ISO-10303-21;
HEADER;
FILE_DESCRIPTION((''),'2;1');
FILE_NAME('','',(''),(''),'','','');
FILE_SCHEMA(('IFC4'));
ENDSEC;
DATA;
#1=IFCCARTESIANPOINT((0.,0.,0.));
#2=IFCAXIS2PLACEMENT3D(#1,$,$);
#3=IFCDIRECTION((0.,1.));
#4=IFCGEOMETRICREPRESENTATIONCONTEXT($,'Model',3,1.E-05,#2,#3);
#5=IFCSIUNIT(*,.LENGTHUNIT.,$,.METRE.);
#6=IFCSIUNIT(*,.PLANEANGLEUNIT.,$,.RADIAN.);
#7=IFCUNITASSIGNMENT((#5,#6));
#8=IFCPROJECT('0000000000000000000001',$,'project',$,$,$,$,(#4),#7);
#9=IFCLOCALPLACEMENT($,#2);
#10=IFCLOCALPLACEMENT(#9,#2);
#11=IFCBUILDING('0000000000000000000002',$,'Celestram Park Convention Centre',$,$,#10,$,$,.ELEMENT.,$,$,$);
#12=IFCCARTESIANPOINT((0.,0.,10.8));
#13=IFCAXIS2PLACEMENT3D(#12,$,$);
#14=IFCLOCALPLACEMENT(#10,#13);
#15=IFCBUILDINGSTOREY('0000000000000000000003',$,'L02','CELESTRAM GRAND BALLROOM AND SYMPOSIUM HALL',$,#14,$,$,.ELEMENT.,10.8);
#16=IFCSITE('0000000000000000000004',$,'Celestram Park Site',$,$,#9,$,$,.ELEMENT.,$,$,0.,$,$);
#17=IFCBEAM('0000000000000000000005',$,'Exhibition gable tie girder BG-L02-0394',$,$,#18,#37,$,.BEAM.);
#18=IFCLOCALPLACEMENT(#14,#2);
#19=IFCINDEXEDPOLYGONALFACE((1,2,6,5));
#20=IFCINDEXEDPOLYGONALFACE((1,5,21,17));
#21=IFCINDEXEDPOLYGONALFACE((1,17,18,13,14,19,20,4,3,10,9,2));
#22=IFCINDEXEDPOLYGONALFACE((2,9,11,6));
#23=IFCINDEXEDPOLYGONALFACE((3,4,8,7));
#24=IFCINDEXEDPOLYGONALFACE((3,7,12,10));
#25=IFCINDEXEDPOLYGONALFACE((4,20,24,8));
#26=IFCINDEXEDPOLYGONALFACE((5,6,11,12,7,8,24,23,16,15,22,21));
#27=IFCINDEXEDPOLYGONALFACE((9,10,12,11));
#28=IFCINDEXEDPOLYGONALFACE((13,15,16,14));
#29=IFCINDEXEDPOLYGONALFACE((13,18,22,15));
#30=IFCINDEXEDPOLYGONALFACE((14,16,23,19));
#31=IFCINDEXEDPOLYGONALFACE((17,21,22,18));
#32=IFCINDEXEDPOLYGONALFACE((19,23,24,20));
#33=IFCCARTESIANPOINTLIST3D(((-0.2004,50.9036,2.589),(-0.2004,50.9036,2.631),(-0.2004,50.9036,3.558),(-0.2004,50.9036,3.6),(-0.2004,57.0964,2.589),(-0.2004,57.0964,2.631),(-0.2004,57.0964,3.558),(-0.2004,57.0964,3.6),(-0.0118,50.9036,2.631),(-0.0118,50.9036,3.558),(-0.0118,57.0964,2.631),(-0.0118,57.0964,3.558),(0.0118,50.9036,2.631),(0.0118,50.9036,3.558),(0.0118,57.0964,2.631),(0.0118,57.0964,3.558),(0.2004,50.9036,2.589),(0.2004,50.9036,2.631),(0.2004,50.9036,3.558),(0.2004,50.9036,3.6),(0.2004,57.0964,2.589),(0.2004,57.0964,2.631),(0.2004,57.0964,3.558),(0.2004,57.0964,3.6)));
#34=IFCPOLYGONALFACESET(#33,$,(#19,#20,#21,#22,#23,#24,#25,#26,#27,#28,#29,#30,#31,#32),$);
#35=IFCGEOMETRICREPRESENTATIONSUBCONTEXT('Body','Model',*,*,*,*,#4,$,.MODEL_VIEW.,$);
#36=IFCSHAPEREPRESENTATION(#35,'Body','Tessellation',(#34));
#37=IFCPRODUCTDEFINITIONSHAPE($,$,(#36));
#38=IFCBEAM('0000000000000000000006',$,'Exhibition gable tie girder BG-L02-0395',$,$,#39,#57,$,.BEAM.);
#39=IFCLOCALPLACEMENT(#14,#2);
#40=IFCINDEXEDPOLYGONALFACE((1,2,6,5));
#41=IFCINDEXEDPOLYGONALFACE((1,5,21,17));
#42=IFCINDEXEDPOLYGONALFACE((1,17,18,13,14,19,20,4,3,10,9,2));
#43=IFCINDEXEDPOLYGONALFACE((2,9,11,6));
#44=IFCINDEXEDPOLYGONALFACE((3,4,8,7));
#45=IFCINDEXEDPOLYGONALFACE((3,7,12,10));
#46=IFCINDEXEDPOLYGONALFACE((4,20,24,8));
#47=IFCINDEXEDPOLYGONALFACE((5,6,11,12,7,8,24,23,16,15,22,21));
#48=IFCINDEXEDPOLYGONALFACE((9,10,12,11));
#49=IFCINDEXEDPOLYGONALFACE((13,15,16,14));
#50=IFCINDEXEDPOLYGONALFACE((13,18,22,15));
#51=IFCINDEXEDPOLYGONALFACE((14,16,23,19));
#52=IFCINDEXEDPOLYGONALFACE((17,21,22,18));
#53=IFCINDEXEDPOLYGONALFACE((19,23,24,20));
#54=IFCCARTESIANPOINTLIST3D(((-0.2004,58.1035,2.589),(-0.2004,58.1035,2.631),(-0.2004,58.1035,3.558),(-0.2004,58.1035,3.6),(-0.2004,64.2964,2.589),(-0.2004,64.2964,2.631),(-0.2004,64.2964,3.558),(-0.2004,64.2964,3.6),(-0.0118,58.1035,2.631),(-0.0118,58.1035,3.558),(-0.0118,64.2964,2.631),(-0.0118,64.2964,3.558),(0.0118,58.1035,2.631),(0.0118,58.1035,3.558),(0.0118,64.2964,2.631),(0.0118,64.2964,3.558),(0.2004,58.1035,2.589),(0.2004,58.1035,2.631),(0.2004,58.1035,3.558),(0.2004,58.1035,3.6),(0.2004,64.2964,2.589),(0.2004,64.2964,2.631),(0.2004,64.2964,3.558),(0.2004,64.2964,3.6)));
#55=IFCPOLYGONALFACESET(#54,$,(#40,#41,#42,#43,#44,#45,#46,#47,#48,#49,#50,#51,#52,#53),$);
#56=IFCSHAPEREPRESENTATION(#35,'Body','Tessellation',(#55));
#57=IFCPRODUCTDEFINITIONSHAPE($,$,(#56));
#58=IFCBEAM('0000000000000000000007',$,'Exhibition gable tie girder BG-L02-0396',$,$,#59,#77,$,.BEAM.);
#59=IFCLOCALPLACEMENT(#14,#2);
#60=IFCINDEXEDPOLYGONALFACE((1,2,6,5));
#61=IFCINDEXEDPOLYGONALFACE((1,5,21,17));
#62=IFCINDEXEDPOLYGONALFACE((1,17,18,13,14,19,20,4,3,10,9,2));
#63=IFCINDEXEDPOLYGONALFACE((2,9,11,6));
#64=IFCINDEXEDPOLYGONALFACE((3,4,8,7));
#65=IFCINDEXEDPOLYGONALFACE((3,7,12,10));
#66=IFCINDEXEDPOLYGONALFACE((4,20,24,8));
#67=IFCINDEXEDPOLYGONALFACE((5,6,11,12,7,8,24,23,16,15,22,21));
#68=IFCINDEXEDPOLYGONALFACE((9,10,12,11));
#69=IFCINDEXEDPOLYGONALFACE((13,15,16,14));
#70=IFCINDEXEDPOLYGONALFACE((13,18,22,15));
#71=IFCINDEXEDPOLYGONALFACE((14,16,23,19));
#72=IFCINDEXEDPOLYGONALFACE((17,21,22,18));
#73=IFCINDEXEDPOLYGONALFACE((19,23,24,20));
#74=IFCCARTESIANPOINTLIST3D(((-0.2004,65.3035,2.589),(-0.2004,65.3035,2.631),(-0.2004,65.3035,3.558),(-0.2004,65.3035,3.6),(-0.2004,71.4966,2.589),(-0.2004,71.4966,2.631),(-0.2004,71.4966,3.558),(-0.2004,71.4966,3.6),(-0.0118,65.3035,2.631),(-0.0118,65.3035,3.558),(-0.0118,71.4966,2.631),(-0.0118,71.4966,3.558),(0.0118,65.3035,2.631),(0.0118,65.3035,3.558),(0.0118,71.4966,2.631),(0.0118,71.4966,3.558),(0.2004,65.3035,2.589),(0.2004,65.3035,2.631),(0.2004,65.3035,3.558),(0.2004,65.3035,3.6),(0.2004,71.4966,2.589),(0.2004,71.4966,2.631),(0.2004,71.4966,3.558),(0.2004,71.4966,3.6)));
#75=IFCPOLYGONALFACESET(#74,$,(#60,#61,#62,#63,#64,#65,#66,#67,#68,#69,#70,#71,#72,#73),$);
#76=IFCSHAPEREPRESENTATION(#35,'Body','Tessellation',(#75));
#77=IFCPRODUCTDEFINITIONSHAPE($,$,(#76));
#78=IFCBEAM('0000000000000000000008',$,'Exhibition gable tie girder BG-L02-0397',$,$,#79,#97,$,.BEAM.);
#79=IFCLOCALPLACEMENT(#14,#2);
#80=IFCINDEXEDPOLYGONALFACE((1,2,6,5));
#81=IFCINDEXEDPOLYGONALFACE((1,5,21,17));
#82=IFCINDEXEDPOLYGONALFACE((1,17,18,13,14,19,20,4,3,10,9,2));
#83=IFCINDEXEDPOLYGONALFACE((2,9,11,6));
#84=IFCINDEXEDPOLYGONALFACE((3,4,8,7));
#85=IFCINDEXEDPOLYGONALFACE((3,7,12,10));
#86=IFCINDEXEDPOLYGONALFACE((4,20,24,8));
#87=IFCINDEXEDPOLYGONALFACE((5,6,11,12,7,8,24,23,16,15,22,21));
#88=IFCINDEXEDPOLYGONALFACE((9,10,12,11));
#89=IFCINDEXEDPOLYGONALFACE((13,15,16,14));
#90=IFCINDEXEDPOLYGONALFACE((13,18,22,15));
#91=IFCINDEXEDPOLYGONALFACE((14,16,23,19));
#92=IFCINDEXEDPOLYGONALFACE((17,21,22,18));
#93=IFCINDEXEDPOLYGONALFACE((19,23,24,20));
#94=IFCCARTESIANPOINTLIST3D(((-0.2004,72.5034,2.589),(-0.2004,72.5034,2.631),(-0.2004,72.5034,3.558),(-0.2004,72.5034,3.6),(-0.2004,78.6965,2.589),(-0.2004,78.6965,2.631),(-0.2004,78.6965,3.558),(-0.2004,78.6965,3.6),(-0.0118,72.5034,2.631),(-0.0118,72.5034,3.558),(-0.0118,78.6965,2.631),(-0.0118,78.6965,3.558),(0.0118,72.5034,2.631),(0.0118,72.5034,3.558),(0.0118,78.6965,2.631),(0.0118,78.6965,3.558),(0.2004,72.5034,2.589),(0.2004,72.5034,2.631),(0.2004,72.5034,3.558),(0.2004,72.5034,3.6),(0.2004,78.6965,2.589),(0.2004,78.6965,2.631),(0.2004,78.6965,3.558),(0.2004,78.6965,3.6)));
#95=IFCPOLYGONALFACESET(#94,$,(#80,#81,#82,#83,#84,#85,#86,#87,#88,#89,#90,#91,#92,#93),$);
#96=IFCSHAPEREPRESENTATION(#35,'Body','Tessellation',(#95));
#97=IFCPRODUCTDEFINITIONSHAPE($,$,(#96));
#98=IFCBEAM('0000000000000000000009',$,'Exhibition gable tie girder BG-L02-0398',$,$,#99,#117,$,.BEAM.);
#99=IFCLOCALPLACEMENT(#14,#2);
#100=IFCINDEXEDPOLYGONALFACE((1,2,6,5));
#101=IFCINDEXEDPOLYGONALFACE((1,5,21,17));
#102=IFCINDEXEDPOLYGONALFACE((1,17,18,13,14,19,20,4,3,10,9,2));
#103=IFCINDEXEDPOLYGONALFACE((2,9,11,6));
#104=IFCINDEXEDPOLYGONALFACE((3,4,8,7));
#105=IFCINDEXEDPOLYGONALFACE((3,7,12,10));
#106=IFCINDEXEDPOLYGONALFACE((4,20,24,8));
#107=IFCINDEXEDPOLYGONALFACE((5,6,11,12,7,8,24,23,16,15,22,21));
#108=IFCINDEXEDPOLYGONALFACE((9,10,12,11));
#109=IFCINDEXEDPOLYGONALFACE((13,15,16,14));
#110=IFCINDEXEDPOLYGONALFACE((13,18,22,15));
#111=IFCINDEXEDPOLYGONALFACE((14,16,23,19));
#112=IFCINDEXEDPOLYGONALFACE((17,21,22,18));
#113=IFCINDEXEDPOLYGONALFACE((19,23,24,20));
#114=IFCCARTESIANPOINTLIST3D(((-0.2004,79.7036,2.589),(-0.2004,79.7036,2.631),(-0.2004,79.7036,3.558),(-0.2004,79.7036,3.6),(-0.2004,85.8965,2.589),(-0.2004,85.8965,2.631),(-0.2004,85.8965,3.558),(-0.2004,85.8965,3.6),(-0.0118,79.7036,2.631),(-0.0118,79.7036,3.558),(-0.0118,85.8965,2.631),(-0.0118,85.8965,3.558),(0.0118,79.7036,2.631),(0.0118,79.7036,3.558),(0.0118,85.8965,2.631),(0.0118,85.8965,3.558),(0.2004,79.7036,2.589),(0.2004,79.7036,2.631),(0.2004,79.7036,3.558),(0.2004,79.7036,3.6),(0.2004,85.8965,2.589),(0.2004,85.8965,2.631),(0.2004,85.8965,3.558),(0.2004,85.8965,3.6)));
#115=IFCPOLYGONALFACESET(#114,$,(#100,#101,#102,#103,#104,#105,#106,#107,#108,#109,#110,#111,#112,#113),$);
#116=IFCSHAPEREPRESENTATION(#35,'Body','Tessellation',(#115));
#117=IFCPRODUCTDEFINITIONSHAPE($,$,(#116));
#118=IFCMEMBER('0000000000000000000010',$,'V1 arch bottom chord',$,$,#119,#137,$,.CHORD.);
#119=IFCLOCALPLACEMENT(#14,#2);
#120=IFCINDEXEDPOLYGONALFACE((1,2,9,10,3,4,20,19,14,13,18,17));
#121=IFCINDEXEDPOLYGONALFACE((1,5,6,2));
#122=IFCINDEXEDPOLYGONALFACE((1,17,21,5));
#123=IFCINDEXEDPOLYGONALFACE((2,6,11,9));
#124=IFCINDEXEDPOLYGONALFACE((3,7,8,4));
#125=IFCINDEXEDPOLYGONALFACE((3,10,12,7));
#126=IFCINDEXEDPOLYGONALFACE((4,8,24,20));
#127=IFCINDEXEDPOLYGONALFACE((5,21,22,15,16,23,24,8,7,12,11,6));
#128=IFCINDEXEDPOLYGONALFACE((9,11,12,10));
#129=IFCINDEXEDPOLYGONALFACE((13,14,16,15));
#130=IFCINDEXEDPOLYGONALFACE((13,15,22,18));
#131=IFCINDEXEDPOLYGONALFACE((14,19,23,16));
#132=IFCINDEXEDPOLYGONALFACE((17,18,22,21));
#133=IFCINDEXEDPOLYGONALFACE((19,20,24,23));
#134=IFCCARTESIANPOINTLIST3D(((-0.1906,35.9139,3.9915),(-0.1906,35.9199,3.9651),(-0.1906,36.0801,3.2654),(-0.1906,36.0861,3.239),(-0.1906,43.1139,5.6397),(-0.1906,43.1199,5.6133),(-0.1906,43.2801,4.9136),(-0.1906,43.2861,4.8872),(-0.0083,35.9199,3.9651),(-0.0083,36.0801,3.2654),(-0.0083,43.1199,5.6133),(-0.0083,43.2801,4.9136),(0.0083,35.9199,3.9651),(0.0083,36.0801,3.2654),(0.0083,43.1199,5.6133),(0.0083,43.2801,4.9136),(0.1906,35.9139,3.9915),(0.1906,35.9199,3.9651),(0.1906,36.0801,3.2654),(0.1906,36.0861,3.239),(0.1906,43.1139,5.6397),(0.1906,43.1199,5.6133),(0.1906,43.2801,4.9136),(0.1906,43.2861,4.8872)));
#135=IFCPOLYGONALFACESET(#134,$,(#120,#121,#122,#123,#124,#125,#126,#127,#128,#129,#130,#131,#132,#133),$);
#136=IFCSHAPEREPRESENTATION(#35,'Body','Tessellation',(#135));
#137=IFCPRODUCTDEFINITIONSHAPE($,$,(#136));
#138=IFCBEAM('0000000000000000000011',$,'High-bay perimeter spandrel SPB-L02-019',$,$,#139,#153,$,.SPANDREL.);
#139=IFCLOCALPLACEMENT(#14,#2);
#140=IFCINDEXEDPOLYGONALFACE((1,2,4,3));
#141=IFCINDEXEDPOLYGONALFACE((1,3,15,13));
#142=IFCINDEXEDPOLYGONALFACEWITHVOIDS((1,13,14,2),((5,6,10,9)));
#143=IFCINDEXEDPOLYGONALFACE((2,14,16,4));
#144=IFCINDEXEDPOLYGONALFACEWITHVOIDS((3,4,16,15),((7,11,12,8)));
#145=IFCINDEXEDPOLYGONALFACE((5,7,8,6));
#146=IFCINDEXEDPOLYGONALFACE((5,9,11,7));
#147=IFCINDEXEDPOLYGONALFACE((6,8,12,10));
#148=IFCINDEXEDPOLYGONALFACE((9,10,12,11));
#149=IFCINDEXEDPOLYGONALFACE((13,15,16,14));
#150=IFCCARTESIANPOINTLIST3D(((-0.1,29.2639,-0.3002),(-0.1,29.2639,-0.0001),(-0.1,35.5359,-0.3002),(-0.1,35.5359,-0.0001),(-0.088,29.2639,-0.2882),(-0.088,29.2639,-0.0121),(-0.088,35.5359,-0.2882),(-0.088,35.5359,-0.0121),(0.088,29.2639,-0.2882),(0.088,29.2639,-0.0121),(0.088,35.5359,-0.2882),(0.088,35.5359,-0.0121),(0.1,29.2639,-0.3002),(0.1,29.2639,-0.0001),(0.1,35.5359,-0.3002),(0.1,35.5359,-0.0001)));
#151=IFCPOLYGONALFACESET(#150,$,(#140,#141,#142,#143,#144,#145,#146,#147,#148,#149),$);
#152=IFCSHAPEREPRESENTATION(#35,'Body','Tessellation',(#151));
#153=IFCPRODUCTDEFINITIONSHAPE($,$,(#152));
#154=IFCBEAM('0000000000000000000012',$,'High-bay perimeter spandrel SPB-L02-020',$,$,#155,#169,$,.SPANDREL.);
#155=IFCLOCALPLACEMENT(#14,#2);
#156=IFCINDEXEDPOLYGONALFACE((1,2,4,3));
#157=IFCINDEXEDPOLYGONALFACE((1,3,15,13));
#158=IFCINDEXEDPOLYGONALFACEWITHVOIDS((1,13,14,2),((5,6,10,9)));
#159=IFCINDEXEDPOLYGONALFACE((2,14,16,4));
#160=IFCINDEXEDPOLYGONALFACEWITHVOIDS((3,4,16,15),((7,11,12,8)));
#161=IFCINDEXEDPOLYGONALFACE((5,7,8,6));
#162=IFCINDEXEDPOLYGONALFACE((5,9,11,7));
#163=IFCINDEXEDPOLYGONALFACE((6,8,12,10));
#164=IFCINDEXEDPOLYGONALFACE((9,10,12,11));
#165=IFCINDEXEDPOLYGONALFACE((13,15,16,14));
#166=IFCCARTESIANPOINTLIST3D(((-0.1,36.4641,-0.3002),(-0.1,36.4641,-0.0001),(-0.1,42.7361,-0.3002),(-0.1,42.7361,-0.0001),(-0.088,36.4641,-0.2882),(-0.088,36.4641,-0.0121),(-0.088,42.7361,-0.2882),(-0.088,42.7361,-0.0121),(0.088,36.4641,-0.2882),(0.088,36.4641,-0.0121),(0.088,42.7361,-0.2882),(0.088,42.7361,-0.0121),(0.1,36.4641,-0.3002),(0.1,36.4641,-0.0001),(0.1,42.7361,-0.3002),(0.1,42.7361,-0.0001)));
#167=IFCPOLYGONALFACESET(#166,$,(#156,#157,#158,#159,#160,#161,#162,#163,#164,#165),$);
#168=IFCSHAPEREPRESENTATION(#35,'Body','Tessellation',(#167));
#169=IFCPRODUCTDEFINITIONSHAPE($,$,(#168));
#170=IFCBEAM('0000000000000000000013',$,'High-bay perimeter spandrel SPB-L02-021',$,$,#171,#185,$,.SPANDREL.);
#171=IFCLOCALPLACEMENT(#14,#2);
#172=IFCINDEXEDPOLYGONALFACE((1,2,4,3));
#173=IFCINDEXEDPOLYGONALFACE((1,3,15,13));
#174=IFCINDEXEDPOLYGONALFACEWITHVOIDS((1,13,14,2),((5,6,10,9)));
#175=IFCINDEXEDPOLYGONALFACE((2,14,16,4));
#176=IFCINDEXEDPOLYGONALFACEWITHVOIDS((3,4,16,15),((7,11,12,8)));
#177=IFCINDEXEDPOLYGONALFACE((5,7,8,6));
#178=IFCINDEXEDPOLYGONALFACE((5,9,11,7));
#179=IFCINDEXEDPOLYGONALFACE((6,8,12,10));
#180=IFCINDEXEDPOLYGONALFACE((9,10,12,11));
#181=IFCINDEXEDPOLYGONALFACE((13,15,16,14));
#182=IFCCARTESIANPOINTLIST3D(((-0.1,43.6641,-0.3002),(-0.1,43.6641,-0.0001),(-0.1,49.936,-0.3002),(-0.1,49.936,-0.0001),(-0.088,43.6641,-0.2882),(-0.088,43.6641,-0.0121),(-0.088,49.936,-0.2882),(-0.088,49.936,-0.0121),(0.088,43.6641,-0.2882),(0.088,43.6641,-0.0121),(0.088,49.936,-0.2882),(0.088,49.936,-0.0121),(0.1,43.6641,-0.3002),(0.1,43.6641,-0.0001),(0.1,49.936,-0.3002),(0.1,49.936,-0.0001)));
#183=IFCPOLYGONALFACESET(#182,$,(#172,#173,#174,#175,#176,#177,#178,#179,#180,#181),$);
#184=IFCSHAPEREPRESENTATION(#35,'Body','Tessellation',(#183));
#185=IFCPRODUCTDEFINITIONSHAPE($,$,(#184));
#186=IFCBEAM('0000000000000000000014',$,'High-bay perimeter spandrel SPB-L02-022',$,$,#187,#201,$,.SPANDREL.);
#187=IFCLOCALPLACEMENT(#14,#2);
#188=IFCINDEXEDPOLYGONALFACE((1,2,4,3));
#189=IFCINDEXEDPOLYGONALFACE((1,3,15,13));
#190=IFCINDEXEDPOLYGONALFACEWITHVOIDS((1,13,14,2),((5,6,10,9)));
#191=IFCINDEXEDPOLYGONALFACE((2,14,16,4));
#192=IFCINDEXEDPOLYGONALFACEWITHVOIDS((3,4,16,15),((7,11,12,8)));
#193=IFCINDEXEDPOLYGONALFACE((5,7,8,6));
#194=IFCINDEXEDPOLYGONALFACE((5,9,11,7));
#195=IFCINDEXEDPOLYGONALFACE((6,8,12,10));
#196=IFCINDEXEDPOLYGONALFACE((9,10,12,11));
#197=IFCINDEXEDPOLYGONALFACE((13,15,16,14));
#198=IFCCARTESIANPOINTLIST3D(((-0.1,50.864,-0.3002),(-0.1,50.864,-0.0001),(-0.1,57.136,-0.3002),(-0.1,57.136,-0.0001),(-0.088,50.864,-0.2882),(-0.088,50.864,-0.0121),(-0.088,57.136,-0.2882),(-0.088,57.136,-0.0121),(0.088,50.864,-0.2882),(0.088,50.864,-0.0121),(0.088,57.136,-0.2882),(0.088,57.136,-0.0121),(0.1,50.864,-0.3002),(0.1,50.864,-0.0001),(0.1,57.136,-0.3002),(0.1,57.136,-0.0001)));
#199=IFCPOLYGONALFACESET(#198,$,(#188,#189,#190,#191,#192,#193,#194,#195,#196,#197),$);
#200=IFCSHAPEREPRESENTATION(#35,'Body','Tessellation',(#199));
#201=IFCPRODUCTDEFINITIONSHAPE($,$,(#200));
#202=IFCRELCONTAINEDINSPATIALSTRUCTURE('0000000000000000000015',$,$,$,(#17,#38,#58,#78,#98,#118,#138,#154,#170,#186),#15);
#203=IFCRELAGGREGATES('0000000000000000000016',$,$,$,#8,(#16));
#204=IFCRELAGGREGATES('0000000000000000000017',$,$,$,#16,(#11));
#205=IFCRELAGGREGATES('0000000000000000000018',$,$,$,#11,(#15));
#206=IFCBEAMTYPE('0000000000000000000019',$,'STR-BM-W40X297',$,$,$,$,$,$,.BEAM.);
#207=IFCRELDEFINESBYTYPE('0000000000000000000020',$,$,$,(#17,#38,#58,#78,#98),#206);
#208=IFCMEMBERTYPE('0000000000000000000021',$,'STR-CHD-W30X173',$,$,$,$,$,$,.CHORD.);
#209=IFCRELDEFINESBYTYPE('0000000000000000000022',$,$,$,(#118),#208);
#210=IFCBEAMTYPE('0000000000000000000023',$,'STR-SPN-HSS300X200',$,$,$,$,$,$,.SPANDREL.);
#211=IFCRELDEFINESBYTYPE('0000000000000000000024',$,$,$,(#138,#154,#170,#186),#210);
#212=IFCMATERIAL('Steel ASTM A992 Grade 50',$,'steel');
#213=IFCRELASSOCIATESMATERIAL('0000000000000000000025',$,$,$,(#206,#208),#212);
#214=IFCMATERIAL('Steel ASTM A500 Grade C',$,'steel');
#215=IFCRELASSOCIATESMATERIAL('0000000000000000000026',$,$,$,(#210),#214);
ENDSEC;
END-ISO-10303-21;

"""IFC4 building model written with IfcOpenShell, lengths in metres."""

from ifc_helpers import new_model, si_unit, direction, frame, origin, origin_2d, place, context, subcontext, project, spatial, hollow_rectangle, i_section, extrude, material, material_profile, profile_set, type_object, element, save


model = new_model("IFC4")

# Units and contexts
model_context = context("Model", 3, precision=1e-05, world=origin(), true_north=direction((0.0, 1.0)))
body_context = subcontext(model_context, "Body", "Model", "MODEL_VIEW")
ifc_project = project(units=[si_unit("LENGTHUNIT", "METRE"), si_unit("PLANEANGLEUNIT", "RADIAN")], contexts=[model_context])

# Site, building, storey
site_placement = place(None, origin())
site = spatial("IfcSite", under=ifc_project, at=site_placement, Name="Celestram Park Site", CompositionType="ELEMENT", RefElevation=0.0)
building_placement = place(site_placement, origin())
building = spatial("IfcBuilding", under=site, at=building_placement, Name="Celestram Park Convention Centre", CompositionType="ELEMENT")
storey_placement = place(building_placement, frame((0.0, 0.0, 10.8)))
storey = spatial("IfcBuildingStorey", under=building, at=storey_placement, Name="L02", Description="CELESTRAM GRAND BALLROOM AND SYMPOSIUM HALL", CompositionType="ELEMENT", Elevation=10.8)

# Shared definitions
ifc_material_1 = material(Name="Steel ASTM A992 Grade 50", Category="steel")

# Beams
ifc_material_profile_1 = material_profile(ifc_material_1, i_section(OverallWidth=0.4009, OverallDepth=1.011, WebThickness=0.0237, FlangeThickness=0.042, at=origin_2d()), Name="W40X297")
ifc_profile_set_1 = profile_set([ifc_material_profile_1], Name="Steel ASTM A992 Grade 50")
beam_type_1 = type_object("IfcBeamType", Name="STR-BM-W40X297", PredefinedType="BEAM", material=ifc_profile_set_1)
for number, where, z_axis, x_axis, name in (
    (1, (0.0, 50.9036, 3.0945), (0.0, 1.0, 0.0), (-1.0, 0.0, 0.0), "Exhibition gable tie girder BG-L02-0394"),
    (2, (0.0, 58.1035, 3.0945), (0.0, 1.0, 0.0), (-1.0, 0.0, 0.0), "Exhibition gable tie girder BG-L02-0395"),
):
    element("IfcBeam", number, at=place(storey_placement, frame(where, z_axis=z_axis, x_axis=x_axis)), inside=storey, type_object=beam_type_1, Name=name, PredefinedType="BEAM", context=body_context, shape_type="SweptSolid", body=[
        extrude(i_section(OverallWidth=0.4009, OverallDepth=1.011, WebThickness=0.0237, FlangeThickness=0.042, at=origin_2d()), origin(), (0.0, 0.0, 1.0), 6.1929),
    ])
for number, where, z_axis, x_axis, name in (
    (3, (0.0, 65.3035, 3.0945), (0.0, 1.0, 0.0), (-1.0, 0.0, 0.0), "Exhibition gable tie girder BG-L02-0396"),
    (4, (0.0, 72.5034, 3.0945), (0.0, 1.0, 0.0), (-1.0, 0.0, 0.0), "Exhibition gable tie girder BG-L02-0397"),
):
    element("IfcBeam", number, at=place(storey_placement, frame(where, z_axis=z_axis, x_axis=x_axis)), inside=storey, type_object=beam_type_1, Name=name, PredefinedType="BEAM", context=body_context, shape_type="SweptSolid", body=[
        extrude(i_section(OverallWidth=0.4009, OverallDepth=1.011, WebThickness=0.0237, FlangeThickness=0.042, at=origin_2d()), origin(), (0.0, 0.0, 1.0), 6.1931),
    ])
beam_placement = place(storey_placement, frame((0.0, 79.7036, 3.0945), z_axis=(0.0, 1.0, 0.0), x_axis=(-1.0, 0.0, 0.0)))
element("IfcBeam", 5, at=beam_placement, inside=storey, type_object=beam_type_1, Name="Exhibition gable tie girder BG-L02-0398", PredefinedType="BEAM", context=body_context, shape_type="SweptSolid", body=[
    extrude(i_section(OverallWidth=0.4009, OverallDepth=1.011, WebThickness=0.0237, FlangeThickness=0.042, at=origin_2d()), origin(), (0.0, 0.0, 1.0), 6.1929),
])

# Member
ifc_material_profile_2 = material_profile(ifc_material_1, i_section(OverallWidth=0.3811, OverallDepth=0.772, WebThickness=0.0166, FlangeThickness=0.0271, at=origin_2d()), Name="W30X173")
ifc_profile_set_2 = profile_set([ifc_material_profile_2], Name="Steel ASTM A992 Grade 50")
member_type = type_object("IfcMemberType", Name="STR-CHD-W30X173", PredefinedType="CHORD", material=ifc_profile_set_2)
member_placement = place(storey_placement, frame((0.0, 36.0, 3.6152), z_axis=(0.0, 0.974785, 0.223145), x_axis=(-1.0, 0.0, 0.0)))
element("IfcMember", 6, at=member_placement, inside=storey, type_object=member_type, Name="V1 arch bottom chord", PredefinedType="CHORD", context=body_context, shape_type="SweptSolid", body=[
    extrude(i_section(OverallWidth=0.3811, OverallDepth=0.772, WebThickness=0.0166, FlangeThickness=0.0271, at=origin_2d()), origin(), (0.0, 0.0, 1.0), 7.3862),
])

# Beams
ifc_material_2 = material(Name="Steel ASTM A500 Grade C", Category="steel")
ifc_material_profile_3 = material_profile(ifc_material_2, hollow_rectangle(XDim=0.2, YDim=0.3, WallThickness=0.012, at=origin_2d()), Name="HSS300X200X12")
ifc_profile_set_3 = profile_set([ifc_material_profile_3], Name="Steel ASTM A500 Grade C")
beam_type_2 = type_object("IfcBeamType", Name="STR-SPN-HSS300X200", PredefinedType="SPANDREL", material=ifc_profile_set_3)
for number, where, z_axis, x_axis, name in (
    (7, (0.0, 29.2639, -0.1501), (0.0, 1.0, 0.0), (-1.0, 0.0, 0.0), "High-bay perimeter spandrel SPB-L02-019"),
    (8, (0.0, 36.4641, -0.1501), (0.0, 1.0, 0.0), (-1.0, 0.0, 0.0), "High-bay perimeter spandrel SPB-L02-020"),
    (9, (0.0, 43.6641, -0.1501), (0.0, 1.0, 0.0), (-1.0, 0.0, 0.0), "High-bay perimeter spandrel SPB-L02-021"),
    (10, (0.0, 50.864, -0.1501), (0.0, 1.0, 0.0), (-1.0, 0.0, 0.0), "High-bay perimeter spandrel SPB-L02-022"),
):
    element("IfcBeam", number, at=place(storey_placement, frame(where, z_axis=z_axis, x_axis=x_axis)), inside=storey, type_object=beam_type_2, Name=name, PredefinedType="SPANDREL", context=body_context, shape_type="SweptSolid", body=[
        extrude(hollow_rectangle(XDim=0.2, YDim=0.3, WallThickness=0.012, at=origin_2d()), origin(), (0.0, 0.0, 1.0), 6.272),
    ])

save(model, "model.ifc")
